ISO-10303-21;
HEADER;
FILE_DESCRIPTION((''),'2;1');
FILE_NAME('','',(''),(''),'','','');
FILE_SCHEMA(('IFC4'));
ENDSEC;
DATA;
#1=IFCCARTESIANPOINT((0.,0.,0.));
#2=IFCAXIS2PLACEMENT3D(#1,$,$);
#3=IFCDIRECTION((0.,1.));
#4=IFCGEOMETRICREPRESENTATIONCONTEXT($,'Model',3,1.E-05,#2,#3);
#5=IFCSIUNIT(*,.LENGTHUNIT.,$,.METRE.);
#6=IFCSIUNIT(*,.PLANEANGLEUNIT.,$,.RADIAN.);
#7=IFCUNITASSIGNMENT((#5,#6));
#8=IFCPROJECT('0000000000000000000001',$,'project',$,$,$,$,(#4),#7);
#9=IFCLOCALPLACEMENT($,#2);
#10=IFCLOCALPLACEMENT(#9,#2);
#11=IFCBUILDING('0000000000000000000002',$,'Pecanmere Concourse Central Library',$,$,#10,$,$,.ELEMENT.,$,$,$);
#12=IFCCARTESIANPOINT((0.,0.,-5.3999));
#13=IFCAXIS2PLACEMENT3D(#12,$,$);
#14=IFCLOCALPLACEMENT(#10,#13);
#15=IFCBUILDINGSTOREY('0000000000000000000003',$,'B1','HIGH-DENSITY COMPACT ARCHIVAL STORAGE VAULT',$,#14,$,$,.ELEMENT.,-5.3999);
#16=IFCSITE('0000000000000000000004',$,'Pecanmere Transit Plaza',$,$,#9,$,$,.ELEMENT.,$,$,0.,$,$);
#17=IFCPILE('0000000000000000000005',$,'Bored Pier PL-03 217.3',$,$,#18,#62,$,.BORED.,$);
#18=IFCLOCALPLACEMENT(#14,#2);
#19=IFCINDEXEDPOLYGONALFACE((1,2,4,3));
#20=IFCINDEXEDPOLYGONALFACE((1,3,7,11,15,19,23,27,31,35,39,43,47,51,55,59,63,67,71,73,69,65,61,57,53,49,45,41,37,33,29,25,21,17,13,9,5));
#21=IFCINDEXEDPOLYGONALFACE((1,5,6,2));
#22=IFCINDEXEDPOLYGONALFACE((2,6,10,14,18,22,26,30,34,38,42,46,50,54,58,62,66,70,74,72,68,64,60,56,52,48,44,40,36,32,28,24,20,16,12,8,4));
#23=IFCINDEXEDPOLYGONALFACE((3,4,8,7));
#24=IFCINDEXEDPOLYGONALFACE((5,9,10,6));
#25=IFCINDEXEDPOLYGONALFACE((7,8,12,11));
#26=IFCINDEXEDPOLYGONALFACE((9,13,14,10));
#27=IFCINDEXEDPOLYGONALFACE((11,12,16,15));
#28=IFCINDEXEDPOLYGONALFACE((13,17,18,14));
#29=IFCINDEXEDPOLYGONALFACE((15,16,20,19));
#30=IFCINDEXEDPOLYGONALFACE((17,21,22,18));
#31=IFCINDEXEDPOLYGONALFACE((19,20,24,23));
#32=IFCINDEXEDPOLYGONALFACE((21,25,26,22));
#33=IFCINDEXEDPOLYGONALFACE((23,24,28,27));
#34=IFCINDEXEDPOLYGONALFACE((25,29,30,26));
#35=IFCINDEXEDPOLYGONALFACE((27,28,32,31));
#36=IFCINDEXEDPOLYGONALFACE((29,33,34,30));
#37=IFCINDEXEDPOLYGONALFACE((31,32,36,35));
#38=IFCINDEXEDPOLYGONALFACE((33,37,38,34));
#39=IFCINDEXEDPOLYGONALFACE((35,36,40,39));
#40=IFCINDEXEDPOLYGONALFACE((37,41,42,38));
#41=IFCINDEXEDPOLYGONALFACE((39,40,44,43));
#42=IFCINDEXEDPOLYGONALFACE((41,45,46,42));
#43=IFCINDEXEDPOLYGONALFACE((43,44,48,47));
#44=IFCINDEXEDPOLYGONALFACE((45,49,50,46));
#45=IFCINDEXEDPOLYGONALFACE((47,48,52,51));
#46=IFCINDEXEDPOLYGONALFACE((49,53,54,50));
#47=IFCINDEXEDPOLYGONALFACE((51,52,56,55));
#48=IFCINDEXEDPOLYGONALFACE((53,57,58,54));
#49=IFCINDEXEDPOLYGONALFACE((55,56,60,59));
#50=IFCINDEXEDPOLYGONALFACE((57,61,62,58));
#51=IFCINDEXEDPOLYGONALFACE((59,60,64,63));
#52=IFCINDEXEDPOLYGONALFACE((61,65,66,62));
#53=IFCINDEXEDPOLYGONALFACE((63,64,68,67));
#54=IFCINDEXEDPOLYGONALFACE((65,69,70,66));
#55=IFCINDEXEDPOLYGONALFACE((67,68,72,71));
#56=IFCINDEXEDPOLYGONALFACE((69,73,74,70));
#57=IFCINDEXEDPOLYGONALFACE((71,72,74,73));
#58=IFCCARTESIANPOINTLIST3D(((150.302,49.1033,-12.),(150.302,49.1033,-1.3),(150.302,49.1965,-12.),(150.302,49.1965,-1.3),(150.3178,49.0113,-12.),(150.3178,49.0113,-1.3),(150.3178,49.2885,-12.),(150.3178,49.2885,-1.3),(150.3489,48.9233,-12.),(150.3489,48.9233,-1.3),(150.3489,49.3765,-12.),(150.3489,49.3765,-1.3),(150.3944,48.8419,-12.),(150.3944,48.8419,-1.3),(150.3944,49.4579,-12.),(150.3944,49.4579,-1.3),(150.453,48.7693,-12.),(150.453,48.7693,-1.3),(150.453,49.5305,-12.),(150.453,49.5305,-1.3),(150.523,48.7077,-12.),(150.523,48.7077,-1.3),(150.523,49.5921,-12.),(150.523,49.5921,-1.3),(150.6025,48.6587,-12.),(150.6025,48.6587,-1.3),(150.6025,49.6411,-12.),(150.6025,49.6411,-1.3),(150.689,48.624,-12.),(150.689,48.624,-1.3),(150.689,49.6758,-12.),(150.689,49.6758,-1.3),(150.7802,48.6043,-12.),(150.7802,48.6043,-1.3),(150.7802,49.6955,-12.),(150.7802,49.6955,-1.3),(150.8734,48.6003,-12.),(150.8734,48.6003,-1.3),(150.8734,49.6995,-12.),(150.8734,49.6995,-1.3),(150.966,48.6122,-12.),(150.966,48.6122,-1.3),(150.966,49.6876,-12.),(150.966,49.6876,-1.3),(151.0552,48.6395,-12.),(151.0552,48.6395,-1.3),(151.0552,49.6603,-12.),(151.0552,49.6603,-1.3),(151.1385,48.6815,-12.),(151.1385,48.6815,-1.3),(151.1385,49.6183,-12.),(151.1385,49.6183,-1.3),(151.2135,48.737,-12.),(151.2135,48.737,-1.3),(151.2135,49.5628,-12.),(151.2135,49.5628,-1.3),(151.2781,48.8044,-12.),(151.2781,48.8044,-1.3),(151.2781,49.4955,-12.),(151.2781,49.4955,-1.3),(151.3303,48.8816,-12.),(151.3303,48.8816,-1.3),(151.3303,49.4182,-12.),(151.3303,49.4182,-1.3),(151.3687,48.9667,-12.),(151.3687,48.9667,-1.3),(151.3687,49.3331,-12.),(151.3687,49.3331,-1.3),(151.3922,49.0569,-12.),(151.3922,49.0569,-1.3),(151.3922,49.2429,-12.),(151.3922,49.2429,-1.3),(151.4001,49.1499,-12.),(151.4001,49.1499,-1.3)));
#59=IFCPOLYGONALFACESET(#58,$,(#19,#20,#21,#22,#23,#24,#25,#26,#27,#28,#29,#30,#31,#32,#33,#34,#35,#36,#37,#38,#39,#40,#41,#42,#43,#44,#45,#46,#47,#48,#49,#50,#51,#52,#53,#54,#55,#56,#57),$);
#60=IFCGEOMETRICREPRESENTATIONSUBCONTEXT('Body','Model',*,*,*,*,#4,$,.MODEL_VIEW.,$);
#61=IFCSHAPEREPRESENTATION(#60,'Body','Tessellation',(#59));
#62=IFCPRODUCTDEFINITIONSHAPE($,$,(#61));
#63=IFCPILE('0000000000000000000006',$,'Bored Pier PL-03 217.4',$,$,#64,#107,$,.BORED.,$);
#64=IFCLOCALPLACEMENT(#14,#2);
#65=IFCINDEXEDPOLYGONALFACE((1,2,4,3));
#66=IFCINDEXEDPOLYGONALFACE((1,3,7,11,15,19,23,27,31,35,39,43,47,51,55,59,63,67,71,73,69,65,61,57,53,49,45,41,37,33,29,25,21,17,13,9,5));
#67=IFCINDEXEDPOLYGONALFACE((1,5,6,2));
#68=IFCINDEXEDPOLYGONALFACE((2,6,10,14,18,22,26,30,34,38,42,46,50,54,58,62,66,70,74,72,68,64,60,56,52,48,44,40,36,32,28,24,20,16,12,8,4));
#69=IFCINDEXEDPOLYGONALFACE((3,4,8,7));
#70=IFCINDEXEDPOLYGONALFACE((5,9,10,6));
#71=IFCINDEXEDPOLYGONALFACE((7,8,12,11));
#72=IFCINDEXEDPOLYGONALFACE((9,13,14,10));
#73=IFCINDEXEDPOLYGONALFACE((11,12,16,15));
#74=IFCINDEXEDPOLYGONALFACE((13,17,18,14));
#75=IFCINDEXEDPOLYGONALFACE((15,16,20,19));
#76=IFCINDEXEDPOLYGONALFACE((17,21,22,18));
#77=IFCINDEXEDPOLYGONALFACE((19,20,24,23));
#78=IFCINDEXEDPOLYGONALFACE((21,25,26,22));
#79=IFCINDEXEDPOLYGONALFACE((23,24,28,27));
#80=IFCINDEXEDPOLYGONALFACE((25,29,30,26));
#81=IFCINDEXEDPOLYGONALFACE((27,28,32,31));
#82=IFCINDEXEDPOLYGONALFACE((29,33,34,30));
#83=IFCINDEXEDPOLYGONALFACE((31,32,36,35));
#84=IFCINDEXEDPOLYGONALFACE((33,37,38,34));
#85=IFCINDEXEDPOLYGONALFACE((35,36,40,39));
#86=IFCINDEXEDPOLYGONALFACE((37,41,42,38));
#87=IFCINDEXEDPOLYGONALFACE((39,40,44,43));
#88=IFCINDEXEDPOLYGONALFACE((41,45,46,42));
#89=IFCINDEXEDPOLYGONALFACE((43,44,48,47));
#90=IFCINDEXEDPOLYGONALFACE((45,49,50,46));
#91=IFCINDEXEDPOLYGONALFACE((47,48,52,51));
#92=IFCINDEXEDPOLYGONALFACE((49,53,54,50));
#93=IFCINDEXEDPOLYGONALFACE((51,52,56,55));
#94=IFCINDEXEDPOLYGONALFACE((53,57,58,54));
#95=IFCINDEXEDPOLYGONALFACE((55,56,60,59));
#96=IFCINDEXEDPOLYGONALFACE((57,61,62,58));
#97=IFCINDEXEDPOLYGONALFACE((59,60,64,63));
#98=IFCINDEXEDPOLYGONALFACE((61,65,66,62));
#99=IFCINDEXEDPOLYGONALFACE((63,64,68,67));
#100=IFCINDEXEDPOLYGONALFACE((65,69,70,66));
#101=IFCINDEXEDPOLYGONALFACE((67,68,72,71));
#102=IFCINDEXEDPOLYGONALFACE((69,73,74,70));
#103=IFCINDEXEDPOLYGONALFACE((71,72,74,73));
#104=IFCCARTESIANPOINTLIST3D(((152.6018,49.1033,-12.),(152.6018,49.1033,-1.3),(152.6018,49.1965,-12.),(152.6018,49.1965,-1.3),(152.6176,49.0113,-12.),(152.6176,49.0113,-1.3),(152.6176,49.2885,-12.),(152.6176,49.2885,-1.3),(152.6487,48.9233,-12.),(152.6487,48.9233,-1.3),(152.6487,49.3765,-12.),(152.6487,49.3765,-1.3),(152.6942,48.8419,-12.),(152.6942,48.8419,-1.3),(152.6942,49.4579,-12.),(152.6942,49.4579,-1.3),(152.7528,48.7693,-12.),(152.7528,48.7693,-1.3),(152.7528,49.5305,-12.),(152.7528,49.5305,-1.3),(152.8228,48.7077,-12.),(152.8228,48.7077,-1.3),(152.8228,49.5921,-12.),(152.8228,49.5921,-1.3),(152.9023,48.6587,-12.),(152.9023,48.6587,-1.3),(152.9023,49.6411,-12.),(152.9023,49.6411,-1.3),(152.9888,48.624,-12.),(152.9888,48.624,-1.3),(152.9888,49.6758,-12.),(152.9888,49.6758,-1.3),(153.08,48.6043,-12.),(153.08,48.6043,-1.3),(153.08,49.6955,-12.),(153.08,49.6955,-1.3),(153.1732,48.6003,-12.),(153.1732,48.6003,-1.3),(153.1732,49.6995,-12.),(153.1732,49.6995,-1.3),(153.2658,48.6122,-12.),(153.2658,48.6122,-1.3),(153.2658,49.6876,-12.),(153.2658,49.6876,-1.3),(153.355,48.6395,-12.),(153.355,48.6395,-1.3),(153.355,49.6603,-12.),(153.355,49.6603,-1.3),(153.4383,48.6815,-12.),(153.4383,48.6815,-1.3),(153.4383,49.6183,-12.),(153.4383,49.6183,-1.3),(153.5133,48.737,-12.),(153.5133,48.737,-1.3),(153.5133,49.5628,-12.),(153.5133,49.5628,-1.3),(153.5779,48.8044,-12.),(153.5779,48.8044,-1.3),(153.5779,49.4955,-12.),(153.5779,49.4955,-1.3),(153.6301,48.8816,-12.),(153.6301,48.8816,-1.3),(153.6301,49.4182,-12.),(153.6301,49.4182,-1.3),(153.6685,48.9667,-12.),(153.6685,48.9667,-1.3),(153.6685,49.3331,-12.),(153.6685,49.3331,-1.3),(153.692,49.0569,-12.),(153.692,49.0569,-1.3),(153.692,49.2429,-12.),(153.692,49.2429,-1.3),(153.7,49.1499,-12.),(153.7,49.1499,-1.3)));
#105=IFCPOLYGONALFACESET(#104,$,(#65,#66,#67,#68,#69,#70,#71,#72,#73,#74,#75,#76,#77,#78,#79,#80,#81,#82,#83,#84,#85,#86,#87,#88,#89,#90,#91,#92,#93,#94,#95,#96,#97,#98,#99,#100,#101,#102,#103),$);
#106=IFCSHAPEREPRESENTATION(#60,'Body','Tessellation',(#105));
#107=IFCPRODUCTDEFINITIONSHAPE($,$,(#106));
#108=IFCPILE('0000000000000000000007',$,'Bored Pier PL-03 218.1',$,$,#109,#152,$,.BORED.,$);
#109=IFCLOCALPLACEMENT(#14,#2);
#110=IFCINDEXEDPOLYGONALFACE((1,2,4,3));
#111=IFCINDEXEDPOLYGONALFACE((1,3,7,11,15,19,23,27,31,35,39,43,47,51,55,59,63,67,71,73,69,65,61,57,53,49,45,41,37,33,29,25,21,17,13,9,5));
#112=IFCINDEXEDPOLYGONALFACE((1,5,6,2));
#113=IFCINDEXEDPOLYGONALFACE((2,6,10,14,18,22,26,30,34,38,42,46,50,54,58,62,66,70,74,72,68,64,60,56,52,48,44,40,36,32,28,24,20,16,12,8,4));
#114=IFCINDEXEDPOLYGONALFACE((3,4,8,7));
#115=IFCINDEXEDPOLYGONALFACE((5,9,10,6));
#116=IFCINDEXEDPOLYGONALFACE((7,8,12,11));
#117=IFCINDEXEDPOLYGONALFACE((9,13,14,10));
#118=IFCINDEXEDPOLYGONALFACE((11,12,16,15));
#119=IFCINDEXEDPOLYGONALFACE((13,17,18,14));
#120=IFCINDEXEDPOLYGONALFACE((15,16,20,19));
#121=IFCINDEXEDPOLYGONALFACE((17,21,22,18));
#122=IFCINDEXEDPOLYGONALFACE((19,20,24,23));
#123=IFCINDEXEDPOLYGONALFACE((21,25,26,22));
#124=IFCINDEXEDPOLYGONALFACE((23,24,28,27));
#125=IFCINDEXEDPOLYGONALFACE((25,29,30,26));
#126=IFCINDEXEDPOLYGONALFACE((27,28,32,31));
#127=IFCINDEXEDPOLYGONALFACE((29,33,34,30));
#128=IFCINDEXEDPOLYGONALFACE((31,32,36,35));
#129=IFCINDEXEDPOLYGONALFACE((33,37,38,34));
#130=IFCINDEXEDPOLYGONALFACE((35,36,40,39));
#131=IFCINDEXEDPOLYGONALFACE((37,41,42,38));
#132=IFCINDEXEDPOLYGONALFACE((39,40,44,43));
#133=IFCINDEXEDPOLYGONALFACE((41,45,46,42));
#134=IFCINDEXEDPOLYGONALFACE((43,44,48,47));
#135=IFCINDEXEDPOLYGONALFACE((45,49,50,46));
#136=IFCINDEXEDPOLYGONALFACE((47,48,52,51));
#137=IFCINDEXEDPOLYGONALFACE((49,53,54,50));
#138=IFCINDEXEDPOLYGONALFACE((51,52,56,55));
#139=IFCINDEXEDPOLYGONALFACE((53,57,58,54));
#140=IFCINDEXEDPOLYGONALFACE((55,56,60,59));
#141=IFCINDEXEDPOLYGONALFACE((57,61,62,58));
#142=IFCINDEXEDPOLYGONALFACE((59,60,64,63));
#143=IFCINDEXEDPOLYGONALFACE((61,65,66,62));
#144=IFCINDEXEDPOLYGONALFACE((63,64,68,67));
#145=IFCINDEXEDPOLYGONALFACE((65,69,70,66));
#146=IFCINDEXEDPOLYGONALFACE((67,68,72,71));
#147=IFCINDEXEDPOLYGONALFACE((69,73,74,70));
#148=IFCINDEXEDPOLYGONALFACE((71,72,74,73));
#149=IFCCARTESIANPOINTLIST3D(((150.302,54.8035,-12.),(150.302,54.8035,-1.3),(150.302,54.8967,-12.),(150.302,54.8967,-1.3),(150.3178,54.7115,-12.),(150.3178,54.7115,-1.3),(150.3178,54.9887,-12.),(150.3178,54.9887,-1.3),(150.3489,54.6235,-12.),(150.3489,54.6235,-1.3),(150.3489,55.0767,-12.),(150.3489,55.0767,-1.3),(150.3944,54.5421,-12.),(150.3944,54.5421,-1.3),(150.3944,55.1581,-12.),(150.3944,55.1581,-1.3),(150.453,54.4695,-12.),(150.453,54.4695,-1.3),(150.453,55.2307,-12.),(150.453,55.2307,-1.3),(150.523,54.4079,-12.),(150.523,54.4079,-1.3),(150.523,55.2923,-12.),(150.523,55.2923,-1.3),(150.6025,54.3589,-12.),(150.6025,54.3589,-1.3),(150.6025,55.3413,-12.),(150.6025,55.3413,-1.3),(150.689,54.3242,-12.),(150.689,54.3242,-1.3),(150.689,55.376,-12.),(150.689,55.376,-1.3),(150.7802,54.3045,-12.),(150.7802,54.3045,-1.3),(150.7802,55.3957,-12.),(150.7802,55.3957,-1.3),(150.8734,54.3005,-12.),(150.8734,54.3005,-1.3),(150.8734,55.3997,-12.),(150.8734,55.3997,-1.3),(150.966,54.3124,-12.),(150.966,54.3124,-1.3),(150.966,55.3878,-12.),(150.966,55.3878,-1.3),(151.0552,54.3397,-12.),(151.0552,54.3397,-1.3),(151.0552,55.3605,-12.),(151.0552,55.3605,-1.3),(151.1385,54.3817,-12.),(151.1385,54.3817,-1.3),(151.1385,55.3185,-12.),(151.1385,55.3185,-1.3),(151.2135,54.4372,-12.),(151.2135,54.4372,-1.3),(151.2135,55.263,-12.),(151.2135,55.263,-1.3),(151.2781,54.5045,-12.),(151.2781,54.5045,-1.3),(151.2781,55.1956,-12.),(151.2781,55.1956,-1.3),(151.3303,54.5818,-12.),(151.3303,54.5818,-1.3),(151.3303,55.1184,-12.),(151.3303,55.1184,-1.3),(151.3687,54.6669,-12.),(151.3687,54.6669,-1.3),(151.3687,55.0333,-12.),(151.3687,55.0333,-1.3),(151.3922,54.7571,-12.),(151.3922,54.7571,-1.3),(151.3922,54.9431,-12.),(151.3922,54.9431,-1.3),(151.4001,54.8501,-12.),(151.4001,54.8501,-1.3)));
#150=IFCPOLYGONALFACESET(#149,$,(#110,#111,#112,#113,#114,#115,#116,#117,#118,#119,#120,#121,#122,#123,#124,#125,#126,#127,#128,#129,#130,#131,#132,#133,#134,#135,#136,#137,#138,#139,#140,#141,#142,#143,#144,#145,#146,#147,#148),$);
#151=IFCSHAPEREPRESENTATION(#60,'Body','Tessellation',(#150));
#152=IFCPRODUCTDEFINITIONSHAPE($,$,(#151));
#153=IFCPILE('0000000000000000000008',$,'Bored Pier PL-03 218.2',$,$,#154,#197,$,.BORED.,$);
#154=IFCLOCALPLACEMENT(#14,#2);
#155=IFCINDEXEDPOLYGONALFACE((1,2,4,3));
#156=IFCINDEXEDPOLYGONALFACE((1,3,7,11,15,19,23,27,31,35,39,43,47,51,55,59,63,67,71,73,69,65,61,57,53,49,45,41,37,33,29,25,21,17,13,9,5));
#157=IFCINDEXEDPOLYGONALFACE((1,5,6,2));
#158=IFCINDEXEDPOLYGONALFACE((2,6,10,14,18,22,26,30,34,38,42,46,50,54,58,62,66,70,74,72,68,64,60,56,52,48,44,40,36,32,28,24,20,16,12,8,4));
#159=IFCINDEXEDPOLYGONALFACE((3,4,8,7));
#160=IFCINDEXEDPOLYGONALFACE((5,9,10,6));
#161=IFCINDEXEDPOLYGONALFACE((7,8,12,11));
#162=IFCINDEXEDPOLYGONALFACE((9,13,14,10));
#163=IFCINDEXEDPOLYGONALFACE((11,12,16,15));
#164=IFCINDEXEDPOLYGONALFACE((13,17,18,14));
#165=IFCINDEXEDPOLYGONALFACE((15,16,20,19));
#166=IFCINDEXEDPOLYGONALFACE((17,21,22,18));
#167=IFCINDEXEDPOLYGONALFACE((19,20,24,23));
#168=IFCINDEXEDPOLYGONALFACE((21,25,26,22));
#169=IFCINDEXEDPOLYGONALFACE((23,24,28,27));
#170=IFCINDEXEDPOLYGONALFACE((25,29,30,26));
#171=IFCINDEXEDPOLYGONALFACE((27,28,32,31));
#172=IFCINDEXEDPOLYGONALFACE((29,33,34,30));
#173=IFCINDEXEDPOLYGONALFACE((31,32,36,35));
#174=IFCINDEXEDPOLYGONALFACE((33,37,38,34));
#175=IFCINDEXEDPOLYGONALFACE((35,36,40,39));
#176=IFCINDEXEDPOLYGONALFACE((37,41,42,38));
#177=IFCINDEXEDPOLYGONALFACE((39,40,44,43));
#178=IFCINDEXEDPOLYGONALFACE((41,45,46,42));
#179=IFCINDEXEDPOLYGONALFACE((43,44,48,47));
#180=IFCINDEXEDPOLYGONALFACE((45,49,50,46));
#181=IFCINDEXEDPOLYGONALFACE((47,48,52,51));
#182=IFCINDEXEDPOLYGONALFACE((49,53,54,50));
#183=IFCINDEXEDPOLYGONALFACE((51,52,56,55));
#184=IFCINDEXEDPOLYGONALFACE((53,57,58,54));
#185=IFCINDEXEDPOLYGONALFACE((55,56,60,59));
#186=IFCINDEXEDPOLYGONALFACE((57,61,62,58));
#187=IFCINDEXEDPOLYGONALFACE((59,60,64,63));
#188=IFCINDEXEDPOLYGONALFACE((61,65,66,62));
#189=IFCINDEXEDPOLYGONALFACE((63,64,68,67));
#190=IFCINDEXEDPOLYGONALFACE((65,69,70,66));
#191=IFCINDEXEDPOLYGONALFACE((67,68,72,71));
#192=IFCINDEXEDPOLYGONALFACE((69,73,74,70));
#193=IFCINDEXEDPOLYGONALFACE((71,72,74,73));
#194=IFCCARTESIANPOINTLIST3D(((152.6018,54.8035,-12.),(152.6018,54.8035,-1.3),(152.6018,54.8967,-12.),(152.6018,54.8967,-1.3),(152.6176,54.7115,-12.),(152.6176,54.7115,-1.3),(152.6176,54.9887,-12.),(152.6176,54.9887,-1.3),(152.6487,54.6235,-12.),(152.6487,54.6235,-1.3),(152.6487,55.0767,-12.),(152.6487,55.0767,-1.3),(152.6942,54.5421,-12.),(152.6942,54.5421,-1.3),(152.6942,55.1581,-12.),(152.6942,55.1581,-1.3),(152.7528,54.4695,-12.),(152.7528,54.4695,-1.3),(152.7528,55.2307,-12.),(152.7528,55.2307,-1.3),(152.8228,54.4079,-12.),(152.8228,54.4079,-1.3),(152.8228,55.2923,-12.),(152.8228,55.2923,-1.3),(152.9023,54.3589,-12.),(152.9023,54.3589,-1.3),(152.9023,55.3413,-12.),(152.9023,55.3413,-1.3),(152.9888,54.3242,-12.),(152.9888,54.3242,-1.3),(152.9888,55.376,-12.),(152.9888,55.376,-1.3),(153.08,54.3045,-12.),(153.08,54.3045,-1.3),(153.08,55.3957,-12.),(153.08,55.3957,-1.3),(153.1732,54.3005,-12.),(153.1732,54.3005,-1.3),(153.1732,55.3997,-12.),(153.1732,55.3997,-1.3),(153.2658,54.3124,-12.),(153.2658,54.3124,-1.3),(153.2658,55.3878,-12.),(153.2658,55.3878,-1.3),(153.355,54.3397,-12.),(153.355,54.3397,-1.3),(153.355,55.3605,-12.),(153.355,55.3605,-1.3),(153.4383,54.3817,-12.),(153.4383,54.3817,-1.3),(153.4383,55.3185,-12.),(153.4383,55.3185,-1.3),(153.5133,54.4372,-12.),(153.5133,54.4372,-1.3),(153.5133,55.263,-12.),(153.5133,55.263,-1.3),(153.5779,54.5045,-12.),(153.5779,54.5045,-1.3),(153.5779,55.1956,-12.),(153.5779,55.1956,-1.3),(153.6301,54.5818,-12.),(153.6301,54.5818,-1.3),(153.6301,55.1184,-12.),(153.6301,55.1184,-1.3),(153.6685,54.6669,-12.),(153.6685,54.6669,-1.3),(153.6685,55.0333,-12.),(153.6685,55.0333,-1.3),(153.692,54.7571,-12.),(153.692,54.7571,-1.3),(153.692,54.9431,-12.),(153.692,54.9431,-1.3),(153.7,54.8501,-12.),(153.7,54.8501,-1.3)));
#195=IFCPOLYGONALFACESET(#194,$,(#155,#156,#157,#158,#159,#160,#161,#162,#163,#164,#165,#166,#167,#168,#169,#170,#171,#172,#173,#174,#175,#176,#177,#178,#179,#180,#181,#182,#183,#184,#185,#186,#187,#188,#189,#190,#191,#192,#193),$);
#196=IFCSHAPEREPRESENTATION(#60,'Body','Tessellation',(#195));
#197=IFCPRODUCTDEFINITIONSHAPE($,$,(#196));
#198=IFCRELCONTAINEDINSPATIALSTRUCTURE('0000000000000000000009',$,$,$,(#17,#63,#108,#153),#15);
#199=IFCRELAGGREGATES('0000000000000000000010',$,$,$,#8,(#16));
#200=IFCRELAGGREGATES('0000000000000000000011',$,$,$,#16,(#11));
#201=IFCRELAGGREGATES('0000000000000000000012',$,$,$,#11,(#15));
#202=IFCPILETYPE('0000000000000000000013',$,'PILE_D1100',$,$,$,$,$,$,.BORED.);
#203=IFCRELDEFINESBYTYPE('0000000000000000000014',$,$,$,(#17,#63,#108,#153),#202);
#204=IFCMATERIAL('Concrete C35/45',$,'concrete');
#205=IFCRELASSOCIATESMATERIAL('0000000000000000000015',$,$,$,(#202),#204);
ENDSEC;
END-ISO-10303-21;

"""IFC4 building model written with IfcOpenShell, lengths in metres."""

from ifc_helpers import new_model, si_unit, direction, frame, origin, origin_2d, place, context, subcontext, project, spatial, circle, extrude, material, material_profile, profile_set, type_object, element, save


model = new_model("IFC4")

# Units and contexts
model_context = context("Model", 3, precision=1e-05, world=origin(), true_north=direction((0.0, 1.0)))
body_context = subcontext(model_context, "Body", "Model", "MODEL_VIEW")
ifc_project = project(units=[si_unit("LENGTHUNIT", "METRE"), si_unit("PLANEANGLEUNIT", "RADIAN")], contexts=[model_context])

# Site, building, storey
site_placement = place(None, origin())
site = spatial("IfcSite", under=ifc_project, at=site_placement, Name="Pecanmere Transit Plaza", CompositionType="ELEMENT", RefElevation=0.0)
building_placement = place(site_placement, origin())
building = spatial("IfcBuilding", under=site, at=building_placement, Name="Pecanmere Concourse Central Library", CompositionType="ELEMENT")
storey_placement = place(building_placement, frame((0.0, 0.0, -5.3999)))
storey = spatial("IfcBuildingStorey", under=building, at=storey_placement, Name="B1", Description="HIGH-DENSITY COMPACT ARCHIVAL STORAGE VAULT", CompositionType="ELEMENT", Elevation=-5.3999)

# Piles
ifc_material_1 = material(Name="Concrete C35/45", Category="concrete")
ifc_material_profile_1 = material_profile(ifc_material_1, circle(Radius=0.55, at=origin_2d()), Name="PIER D1100")
ifc_profile_set_1 = profile_set([ifc_material_profile_1], Name="Concrete C35/45")
pile_type_1 = type_object("IfcPileType", Name="PILE_D1100", PredefinedType="BORED", material=ifc_profile_set_1)
for number, where, z_axis, x_axis, name in (
    (1, (150.8501, 49.1499, -1.3), (0.0, 0.0, -1.0), (1.0, 0.0, 0.0), "Bored Pier PL-03 217.3"),
    (2, (153.1499, 49.1499, -1.3), (0.0, 0.0, -1.0), (1.0, 0.0, 0.0), "Bored Pier PL-03 217.4"),
    (3, (150.8501, 54.8501, -1.3), (0.0, 0.0, -1.0), (1.0, 0.0, 0.0), "Bored Pier PL-03 218.1"),
    (4, (153.1499, 54.8501, -1.3), (0.0, 0.0, -1.0), (1.0, 0.0, 0.0), "Bored Pier PL-03 218.2"),
):
    element("IfcPile", number, at=place(storey_placement, frame(where, z_axis=z_axis, x_axis=x_axis)), inside=storey, type_object=pile_type_1, Name=name, PredefinedType="BORED", context=body_context, shape_type="SweptSolid", body=[
        extrude(circle(Radius=0.55, at=origin_2d()), origin(), (0.0, 0.0, 1.0), 10.7),
    ])

save(model, "model.ifc")
